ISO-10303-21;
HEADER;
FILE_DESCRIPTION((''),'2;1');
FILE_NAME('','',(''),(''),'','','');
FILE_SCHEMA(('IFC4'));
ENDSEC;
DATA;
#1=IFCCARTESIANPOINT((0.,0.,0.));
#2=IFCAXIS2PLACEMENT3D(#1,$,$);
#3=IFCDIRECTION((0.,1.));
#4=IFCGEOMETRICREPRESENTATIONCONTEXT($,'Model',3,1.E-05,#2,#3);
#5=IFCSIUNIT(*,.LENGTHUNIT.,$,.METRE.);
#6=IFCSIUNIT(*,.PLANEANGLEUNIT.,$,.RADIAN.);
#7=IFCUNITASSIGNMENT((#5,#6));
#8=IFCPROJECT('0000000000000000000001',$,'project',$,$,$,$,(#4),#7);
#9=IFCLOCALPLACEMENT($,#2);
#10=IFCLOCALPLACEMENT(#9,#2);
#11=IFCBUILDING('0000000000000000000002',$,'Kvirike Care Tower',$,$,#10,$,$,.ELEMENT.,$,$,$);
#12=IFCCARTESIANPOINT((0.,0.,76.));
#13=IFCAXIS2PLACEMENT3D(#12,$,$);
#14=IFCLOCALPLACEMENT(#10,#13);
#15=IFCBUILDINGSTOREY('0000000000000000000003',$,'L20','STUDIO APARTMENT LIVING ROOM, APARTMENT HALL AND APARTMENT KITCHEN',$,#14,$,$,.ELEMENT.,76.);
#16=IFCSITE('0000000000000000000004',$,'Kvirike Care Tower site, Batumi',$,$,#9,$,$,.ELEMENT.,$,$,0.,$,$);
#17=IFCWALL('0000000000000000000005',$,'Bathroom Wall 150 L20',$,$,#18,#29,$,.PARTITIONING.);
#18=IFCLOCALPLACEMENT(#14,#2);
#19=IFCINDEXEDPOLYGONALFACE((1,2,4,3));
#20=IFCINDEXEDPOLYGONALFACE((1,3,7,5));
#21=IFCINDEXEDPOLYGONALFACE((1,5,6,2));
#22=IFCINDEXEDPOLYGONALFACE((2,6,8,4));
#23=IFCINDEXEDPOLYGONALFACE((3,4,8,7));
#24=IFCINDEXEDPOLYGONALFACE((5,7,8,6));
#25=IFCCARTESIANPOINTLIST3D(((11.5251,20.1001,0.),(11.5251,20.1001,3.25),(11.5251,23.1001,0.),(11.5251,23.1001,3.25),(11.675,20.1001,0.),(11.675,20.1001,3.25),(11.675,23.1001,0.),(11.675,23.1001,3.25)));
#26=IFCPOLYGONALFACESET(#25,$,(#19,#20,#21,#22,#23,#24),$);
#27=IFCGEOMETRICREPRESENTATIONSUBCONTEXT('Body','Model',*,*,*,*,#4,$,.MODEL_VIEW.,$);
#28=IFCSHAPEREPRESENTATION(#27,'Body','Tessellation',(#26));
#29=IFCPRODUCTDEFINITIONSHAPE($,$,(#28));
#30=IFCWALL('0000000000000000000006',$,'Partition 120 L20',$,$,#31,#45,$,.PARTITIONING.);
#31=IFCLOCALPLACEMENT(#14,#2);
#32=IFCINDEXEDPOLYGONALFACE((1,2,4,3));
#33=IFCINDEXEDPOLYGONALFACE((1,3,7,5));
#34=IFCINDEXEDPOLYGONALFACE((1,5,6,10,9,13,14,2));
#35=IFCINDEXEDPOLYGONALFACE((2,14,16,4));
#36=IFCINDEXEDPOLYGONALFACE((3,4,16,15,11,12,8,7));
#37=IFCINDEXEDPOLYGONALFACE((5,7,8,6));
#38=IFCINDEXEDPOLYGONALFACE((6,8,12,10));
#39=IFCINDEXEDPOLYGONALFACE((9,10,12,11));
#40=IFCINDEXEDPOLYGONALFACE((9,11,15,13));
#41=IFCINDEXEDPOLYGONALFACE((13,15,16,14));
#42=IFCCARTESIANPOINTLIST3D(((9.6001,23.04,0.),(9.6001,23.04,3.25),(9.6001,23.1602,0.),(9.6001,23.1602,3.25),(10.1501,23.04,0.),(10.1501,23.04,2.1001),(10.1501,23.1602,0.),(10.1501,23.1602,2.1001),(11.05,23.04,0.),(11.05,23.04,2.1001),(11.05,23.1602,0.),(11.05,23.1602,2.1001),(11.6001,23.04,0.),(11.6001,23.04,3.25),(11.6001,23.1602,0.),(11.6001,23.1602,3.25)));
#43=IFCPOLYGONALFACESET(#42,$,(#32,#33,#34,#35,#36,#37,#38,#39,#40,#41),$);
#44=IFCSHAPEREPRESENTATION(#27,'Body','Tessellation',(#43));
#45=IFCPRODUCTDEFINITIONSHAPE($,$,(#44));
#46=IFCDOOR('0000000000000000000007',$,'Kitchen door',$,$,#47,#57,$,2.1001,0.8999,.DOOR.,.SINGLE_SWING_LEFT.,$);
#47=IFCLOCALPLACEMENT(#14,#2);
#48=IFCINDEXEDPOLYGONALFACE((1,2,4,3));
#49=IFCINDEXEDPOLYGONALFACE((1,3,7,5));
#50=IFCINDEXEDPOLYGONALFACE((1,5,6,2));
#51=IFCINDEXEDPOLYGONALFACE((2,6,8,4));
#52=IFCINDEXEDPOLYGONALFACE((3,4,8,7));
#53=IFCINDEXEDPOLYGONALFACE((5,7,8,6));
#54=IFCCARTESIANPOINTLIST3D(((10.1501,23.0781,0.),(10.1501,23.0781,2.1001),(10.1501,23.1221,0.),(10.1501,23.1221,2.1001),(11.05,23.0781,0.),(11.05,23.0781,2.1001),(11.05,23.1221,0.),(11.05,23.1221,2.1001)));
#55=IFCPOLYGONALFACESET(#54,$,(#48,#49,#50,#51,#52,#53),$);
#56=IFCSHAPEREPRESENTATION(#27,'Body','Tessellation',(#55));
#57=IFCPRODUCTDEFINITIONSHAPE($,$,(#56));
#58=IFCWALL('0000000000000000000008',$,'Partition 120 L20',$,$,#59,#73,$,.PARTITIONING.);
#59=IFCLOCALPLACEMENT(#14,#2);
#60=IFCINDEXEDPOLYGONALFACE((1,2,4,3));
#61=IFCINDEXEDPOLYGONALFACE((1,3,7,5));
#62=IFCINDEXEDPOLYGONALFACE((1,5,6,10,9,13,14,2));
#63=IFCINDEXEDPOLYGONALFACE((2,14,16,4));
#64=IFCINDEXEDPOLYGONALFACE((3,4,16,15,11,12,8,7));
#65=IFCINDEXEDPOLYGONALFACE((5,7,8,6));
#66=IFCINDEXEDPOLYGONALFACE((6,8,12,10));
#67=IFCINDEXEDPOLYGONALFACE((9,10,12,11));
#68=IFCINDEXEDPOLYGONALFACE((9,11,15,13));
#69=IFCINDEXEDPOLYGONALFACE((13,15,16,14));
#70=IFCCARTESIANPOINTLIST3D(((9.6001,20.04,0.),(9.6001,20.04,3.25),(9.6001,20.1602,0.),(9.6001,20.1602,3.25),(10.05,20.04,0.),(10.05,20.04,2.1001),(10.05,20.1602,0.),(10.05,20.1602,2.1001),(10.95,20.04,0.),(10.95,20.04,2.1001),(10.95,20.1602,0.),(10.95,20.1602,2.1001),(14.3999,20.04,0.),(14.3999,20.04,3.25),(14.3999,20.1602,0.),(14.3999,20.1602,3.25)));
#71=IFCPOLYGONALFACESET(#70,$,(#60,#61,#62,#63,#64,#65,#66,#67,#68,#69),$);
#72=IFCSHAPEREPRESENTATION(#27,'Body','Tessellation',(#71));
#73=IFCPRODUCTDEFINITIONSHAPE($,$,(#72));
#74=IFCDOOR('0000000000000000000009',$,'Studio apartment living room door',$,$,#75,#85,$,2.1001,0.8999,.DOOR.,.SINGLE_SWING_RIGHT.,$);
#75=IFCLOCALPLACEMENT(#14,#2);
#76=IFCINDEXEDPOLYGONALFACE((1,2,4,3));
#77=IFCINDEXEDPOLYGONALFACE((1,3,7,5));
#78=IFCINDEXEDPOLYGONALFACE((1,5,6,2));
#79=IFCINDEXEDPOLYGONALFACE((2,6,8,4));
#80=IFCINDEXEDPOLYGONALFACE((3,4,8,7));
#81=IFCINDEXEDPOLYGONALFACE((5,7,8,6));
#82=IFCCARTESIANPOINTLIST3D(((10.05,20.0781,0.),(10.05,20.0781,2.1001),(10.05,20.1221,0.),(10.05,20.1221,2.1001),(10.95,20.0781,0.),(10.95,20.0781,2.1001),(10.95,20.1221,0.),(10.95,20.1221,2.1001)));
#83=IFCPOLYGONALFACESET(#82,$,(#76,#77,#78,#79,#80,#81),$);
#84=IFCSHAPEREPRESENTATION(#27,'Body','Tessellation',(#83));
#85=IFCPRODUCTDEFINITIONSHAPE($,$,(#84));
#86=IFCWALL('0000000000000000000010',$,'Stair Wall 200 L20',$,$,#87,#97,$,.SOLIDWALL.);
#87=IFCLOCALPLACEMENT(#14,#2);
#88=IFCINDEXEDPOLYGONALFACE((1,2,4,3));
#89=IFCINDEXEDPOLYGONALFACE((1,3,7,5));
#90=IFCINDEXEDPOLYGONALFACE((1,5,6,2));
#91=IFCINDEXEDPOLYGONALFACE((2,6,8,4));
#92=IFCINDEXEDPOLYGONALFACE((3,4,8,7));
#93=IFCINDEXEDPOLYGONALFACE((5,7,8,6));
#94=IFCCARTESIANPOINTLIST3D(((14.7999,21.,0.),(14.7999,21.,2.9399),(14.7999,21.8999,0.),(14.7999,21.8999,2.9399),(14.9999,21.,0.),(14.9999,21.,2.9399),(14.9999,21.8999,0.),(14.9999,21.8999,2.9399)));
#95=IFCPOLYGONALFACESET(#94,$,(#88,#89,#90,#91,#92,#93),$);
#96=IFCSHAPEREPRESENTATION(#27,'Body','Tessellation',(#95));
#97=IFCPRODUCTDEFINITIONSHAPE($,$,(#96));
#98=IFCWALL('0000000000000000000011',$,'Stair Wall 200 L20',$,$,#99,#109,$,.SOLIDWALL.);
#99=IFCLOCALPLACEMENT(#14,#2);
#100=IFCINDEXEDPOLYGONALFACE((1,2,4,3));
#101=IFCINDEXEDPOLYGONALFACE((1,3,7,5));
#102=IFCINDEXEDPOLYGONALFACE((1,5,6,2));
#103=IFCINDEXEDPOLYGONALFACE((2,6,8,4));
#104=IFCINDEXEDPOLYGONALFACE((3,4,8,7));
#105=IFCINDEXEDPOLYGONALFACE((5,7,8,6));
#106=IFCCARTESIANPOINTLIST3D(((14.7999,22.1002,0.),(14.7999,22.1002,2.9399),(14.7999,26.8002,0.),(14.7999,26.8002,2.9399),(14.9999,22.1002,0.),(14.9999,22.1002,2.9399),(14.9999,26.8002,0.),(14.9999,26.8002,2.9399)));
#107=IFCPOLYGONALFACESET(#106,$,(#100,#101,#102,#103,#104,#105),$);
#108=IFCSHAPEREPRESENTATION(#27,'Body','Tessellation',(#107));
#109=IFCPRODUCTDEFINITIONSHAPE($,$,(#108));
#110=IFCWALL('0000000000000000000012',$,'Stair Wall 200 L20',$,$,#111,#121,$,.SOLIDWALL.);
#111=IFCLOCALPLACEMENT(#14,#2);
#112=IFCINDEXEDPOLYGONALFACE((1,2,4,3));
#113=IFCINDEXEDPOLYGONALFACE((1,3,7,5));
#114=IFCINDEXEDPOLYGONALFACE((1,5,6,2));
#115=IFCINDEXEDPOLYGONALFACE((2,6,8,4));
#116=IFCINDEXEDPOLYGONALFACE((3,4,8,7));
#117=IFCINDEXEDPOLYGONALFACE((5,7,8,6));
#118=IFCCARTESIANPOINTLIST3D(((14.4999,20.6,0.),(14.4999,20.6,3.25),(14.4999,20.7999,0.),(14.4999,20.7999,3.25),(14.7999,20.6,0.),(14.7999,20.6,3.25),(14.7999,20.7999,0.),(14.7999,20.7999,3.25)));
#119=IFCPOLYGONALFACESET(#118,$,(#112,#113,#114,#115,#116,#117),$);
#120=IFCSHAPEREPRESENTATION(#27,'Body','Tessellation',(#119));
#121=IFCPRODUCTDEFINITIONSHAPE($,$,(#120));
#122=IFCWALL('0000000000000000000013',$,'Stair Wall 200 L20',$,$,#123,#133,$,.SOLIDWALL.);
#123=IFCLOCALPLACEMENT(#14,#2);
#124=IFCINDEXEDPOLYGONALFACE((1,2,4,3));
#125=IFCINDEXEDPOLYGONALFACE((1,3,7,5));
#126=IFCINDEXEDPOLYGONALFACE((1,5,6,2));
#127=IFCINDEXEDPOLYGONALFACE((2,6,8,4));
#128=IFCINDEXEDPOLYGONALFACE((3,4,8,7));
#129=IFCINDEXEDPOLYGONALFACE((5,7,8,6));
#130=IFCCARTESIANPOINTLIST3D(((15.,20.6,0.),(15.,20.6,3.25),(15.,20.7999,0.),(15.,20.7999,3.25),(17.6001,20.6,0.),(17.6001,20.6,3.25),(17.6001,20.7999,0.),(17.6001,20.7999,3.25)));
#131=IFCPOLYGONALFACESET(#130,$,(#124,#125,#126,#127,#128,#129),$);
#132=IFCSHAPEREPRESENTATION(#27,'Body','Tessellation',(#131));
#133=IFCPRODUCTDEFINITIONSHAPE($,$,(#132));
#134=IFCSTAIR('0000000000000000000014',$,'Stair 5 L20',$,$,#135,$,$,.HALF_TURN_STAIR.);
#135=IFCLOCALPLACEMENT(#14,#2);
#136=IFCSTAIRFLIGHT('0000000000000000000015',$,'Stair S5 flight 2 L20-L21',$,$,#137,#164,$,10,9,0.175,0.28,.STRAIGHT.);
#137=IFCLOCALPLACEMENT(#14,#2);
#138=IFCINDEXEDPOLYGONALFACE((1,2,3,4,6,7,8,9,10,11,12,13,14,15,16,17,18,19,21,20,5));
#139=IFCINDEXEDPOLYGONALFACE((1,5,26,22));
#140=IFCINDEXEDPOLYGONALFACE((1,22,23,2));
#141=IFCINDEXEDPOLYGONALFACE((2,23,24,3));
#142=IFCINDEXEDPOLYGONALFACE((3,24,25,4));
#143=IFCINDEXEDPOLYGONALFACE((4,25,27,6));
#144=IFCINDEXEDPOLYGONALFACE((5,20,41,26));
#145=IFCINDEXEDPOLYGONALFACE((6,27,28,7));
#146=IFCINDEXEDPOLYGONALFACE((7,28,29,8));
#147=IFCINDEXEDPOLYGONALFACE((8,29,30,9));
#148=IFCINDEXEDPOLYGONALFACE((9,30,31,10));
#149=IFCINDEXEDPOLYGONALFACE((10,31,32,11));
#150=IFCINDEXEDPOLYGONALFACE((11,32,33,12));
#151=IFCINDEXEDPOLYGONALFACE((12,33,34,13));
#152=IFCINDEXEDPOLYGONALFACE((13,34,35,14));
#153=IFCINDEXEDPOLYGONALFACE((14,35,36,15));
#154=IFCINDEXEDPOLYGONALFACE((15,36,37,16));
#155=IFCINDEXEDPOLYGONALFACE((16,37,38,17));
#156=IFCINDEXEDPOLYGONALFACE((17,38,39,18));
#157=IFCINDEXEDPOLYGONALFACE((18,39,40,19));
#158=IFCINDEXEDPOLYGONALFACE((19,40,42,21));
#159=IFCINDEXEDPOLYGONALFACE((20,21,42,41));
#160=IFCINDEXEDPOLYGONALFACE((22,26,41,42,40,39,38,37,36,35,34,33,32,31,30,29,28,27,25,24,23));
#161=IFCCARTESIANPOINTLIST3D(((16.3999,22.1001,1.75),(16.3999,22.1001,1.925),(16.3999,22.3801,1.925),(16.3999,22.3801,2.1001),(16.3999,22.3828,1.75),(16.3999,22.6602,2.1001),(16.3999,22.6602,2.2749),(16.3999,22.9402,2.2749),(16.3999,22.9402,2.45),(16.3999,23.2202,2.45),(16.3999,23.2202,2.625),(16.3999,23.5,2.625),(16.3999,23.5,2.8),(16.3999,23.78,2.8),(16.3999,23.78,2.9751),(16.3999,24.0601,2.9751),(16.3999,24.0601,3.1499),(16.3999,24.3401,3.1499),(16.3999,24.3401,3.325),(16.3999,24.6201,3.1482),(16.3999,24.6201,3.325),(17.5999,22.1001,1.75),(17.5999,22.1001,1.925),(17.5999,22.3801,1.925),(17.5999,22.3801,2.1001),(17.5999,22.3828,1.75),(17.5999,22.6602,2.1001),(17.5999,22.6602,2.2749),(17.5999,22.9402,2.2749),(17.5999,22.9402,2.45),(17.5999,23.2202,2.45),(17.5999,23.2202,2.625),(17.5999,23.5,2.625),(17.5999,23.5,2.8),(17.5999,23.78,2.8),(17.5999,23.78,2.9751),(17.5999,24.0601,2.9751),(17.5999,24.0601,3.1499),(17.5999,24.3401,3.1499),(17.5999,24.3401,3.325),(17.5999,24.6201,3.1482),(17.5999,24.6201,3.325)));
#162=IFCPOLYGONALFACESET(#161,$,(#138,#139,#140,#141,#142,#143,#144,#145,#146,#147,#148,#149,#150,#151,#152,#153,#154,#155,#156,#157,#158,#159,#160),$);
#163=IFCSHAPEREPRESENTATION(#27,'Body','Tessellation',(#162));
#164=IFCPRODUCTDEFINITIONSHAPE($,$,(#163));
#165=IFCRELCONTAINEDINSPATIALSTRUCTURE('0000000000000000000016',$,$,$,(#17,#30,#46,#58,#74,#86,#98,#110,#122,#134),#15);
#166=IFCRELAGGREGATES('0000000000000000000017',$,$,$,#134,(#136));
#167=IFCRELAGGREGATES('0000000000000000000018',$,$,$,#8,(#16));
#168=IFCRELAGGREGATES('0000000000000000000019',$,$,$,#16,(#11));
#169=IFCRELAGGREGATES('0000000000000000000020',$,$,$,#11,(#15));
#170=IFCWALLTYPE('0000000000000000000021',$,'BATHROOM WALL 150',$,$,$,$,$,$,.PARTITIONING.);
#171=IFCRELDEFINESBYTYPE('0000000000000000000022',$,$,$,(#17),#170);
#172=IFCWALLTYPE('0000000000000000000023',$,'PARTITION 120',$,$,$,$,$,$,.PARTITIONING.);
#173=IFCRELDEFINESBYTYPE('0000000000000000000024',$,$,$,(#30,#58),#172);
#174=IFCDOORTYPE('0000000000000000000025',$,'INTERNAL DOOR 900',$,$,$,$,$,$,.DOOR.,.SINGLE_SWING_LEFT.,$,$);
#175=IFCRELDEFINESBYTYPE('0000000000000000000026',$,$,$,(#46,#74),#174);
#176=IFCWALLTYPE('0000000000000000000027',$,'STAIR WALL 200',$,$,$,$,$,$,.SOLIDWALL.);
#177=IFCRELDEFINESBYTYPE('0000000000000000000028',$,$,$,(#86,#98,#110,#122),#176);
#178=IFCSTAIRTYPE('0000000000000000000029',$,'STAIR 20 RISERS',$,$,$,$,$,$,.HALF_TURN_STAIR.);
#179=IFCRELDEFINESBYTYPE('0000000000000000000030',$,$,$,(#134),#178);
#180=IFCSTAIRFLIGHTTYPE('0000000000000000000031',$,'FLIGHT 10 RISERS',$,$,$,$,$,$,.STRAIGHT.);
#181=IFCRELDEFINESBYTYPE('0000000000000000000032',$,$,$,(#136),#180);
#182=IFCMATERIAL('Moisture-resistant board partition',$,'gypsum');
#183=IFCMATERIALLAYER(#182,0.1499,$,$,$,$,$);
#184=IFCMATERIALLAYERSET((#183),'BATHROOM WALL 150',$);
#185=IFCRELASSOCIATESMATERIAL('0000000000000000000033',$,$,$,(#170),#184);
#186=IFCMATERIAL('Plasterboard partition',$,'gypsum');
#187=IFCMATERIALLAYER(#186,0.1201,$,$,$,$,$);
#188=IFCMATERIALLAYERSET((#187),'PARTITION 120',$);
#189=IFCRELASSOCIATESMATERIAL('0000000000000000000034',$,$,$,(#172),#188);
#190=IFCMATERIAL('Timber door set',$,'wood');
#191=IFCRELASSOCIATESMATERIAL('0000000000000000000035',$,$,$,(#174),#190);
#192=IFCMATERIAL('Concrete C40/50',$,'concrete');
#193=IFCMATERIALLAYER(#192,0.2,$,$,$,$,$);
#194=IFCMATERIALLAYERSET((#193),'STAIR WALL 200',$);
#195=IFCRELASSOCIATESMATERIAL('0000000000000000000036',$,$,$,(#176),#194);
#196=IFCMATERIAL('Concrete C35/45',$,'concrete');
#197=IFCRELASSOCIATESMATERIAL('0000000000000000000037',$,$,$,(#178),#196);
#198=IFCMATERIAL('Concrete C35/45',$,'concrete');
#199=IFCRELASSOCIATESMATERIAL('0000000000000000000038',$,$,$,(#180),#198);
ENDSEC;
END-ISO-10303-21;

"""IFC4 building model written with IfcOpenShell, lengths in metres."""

from ifc_helpers import new_model, si_unit, direction, frame, frame_2d, origin, place, context, subcontext, project, spatial, polyline, rectangle, outline, extrude, material, layer, layer_set, type_object, element, fill, aggregate, save


model = new_model("IFC4")

# Units and contexts
model_context = context("Model", 3, precision=1e-05, world=origin(), true_north=direction((0.0, 1.0)))
body_context = subcontext(model_context, "Body", "Model", "MODEL_VIEW")
ifc_project = project(units=[si_unit("LENGTHUNIT", "METRE"), si_unit("PLANEANGLEUNIT", "RADIAN")], contexts=[model_context])

# Site, building, storey
site_placement = place(None, origin())
site = spatial("IfcSite", under=ifc_project, at=site_placement, Name="Kvirike Care Tower site, Batumi", CompositionType="ELEMENT", RefElevation=0.0)
building_placement = place(site_placement, origin())
building = spatial("IfcBuilding", under=site, at=building_placement, Name="Kvirike Care Tower", CompositionType="ELEMENT")
storey_placement = place(building_placement, frame((0.0, 0.0, 76.0)))
storey = spatial("IfcBuildingStorey", under=building, at=storey_placement, Name="L20", Description="STUDIO APARTMENT LIVING ROOM, APARTMENT HALL AND APARTMENT KITCHEN", CompositionType="ELEMENT", Elevation=76.0)

# Shared definitions
ifc_material_1 = material(Name="Moisture-resistant board partition", Category="gypsum")
ifc_layer_1 = layer(ifc_material_1, 0.1499)
ifc_layer_set_1 = layer_set([ifc_layer_1], Name="BATHROOM WALL 150")
wall_type_1 = type_object("IfcWallType", Name="BATHROOM WALL 150", PredefinedType="PARTITIONING", material=ifc_layer_set_1)

# Wall
wall_1_placement = place(storey_placement, frame((11.6001, 20.1001, 0.0), z_axis=(0.0, 0.0, 1.0), x_axis=(0.0, 1.0, 0.0)))
element("IfcWall", 1, at=wall_1_placement, inside=storey, type_object=wall_type_1, Name="Bathroom Wall 150 L20", PredefinedType="PARTITIONING", context=body_context, shape_type="SweptSolid", body=[
    extrude(rectangle(XDim=3.0, YDim=0.1499, at=frame_2d((1.5, 0.0))), origin(), (0.0, 0.0, 1.0), 3.25),
])

# Walls, openings, doors
ifc_material_2 = material(Name="Plasterboard partition", Category="gypsum")
ifc_layer_2 = layer(ifc_material_2, 0.1201)
ifc_layer_set_2 = layer_set([ifc_layer_2], Name="PARTITION 120")
wall_type_2 = type_object("IfcWallType", Name="PARTITION 120", PredefinedType="PARTITIONING", material=ifc_layer_set_2)
wall_2_placement = place(storey_placement, frame((9.6001, 23.1001, 0.0), z_axis=(0.0, 0.0, 1.0), x_axis=(1.0, 0.0, 0.0)))
wall_2 = element("IfcWall", 2, at=wall_2_placement, inside=storey, type_object=wall_type_2, Name="Partition 120 L20", PredefinedType="PARTITIONING", context=body_context, shape_type="SweptSolid", body=[
    extrude(rectangle(XDim=2.0, YDim=0.1201, at=frame_2d((1.0, 0.0))), origin(), (0.0, 0.0, 1.0), 3.25),
])
opening_1_placement = place(wall_2_placement, frame((0.55, 0.0, 0.0)))
opening_1 = element("IfcOpeningElement", 3, at=opening_1_placement, cuts=wall_2, PredefinedType="OPENING", context=body_context, shape_type="SweptSolid", body=[
    extrude(rectangle(XDim=0.8999, YDim=2.1001, at=frame_2d((0.45, 1.05))), frame((0.0, 0.0706, 0.0), z_axis=(0.0, -1.0, 0.0), x_axis=(1.0, 0.0, 0.0)), (0.0, 0.0, 1.0), 0.1411),
])
ifc_material_3 = material(Name="Timber door set", Category="wood")
door_type_1 = type_object("IfcDoorType", Name="INTERNAL DOOR 900", OperationType="SINGLE_SWING_LEFT", PredefinedType="DOOR", material=ifc_material_3)
door_1_placement = place(opening_1_placement, frame((0.8999, 0.0, 0.0), z_axis=(0.0, 0.0, 1.0), x_axis=(-1.0, 0.0, 0.0)))
door_1 = element("IfcDoor", 4, at=door_1_placement, inside=storey, type_object=door_type_1, Name="Kitchen door", OperationType="SINGLE_SWING_LEFT", OverallHeight=2.1001, OverallWidth=0.8999, PredefinedType="DOOR", context=body_context, shape_type="SweptSolid", body=[
    extrude(rectangle(XDim=0.8999, YDim=2.1001, at=frame_2d((0.45, 1.05))), frame((0.0, 0.022, 0.0), z_axis=(0.0, -1.0, 0.0), x_axis=(1.0, 0.0, 0.0)), (0.0, 0.0, 1.0), 0.0439),
])
fill(opening_1, door_1)
wall_3_placement = place(storey_placement, frame((9.6001, 20.1001, 0.0), z_axis=(0.0, 0.0, 1.0), x_axis=(1.0, 0.0, 0.0)))
wall_3 = element("IfcWall", 5, at=wall_3_placement, inside=storey, type_object=wall_type_2, Name="Partition 120 L20", PredefinedType="PARTITIONING", context=body_context, shape_type="SweptSolid", body=[
    extrude(rectangle(XDim=4.7998, YDim=0.1201, at=frame_2d((2.3999, 0.0))), origin(), (0.0, 0.0, 1.0), 3.25),
])
opening_2_placement = place(wall_3_placement, frame((0.45, 0.0, 0.0)))
opening_2 = element("IfcOpeningElement", 6, at=opening_2_placement, cuts=wall_3, PredefinedType="OPENING", context=body_context, shape_type="SweptSolid", body=[
    extrude(rectangle(XDim=0.8999, YDim=2.1001, at=frame_2d((0.45, 1.05))), frame((0.0, 0.0706, 0.0), z_axis=(0.0, -1.0, 0.0), x_axis=(1.0, 0.0, 0.0)), (0.0, 0.0, 1.0), 0.1411),
])
door_2_placement = place(opening_2_placement, origin())
door_2 = element("IfcDoor", 7, at=door_2_placement, inside=storey, type_object=door_type_1, Name="Studio apartment living room door", OperationType="SINGLE_SWING_RIGHT", OverallHeight=2.1001, OverallWidth=0.8999, PredefinedType="DOOR", context=body_context, shape_type="SweptSolid", body=[
    extrude(rectangle(XDim=0.8999, YDim=2.1001, at=frame_2d((0.45, 1.05))), frame((0.0, 0.022, 0.0), z_axis=(0.0, -1.0, 0.0), x_axis=(1.0, 0.0, 0.0)), (0.0, 0.0, 1.0), 0.0439),
])
fill(opening_2, door_2)

# Walls
ifc_material_4 = material(Name="Concrete C40/50", Category="concrete")
ifc_layer_3 = layer(ifc_material_4, 0.2)
ifc_layer_set_3 = layer_set([ifc_layer_3], Name="STAIR WALL 200")
wall_type_3 = type_object("IfcWallType", Name="STAIR WALL 200", PredefinedType="SOLIDWALL", material=ifc_layer_set_3)
wall_4_placement = place(storey_placement, frame((14.8999, 21.0, 0.0), z_axis=(0.0, 0.0, 1.0), x_axis=(0.0, 1.0, 0.0)))
element("IfcWall", 8, at=wall_4_placement, inside=storey, type_object=wall_type_3, Name="Stair Wall 200 L20", PredefinedType="SOLIDWALL", context=body_context, shape_type="SweptSolid", body=[
    extrude(rectangle(XDim=0.8999, YDim=0.2, at=frame_2d((0.45, 0.0))), origin(), (0.0, 0.0, 1.0), 2.9399),
])
wall_5_placement = place(storey_placement, frame((14.8999, 22.1001, 0.0), z_axis=(0.0, 0.0, 1.0), x_axis=(0.0, 1.0, 0.0)))
element("IfcWall", 9, at=wall_5_placement, inside=storey, type_object=wall_type_3, Name="Stair Wall 200 L20", PredefinedType="SOLIDWALL", context=body_context, shape_type="SweptSolid", body=[
    extrude(rectangle(XDim=4.7, YDim=0.2, at=frame_2d((2.3501, 0.0))), origin(), (0.0, 0.0, 1.0), 2.9399),
])
wall_6_placement = place(storey_placement, frame((14.5, 20.7, 0.0), z_axis=(0.0, 0.0, 1.0), x_axis=(1.0, 0.0, 0.0)))
element("IfcWall", 10, at=wall_6_placement, inside=storey, type_object=wall_type_3, Name="Stair Wall 200 L20", PredefinedType="SOLIDWALL", context=body_context, shape_type="SweptSolid", body=[
    extrude(rectangle(XDim=0.3, YDim=0.2, at=frame_2d((0.1499, 0.0))), origin(), (0.0, 0.0, 1.0), 3.25),
])
wall_7_placement = place(storey_placement, frame((15.0, 20.7, 0.0), z_axis=(0.0, 0.0, 1.0), x_axis=(1.0, 0.0, 0.0)))
element("IfcWall", 11, at=wall_7_placement, inside=storey, type_object=wall_type_3, Name="Stair Wall 200 L20", PredefinedType="SOLIDWALL", context=body_context, shape_type="SweptSolid", body=[
    extrude(rectangle(XDim=2.6001, YDim=0.2, at=frame_2d((1.3, 0.0))), origin(), (0.0, 0.0, 1.0), 3.25),
])

# Stair, stair flight
ifc_material_5 = material(Name="Concrete C35/45", Category="concrete")
stair_type = type_object("IfcStairType", Name="STAIR 20 RISERS", PredefinedType="HALF_TURN_STAIR", material=ifc_material_5)
stair_placement = place(storey_placement, origin())
stair = element("IfcStair", 12, at=stair_placement, inside=storey, type_object=stair_type, Name="Stair 5 L20", PredefinedType="HALF_TURN_STAIR")
ifc_material_6 = material(Name="Concrete C35/45", Category="concrete")
stair_flight_type = type_object("IfcStairFlightType", Name="FLIGHT 10 RISERS", PredefinedType="STRAIGHT", material=ifc_material_6)
stair_flight_placement = place(storey_placement, frame((17.0, 22.1001, 1.75), z_axis=(0.0, 0.0, 1.0), x_axis=(0.0, 1.0, 0.0)))
stair_flight = element("IfcStairFlight", 13, at=stair_flight_placement, type_object=stair_flight_type, Name="Stair S5 flight 2 L20-L21", NumberOfRisers=10, NumberOfTreads=9, PredefinedType="STRAIGHT", RiserHeight=0.175, TreadLength=0.28, context=body_context, shape_type="SweptSolid", body=[
    extrude(outline(polyline([(0.0, 0.0), (0.0, 0.175), (0.28, 0.175), (0.28, 0.3501), (0.5601, 0.3501), (0.5601, 0.5249), (0.8401, 0.5249), (0.8401, 0.7), (1.1201, 0.7), (1.1201, 0.875), (1.3999, 0.875), (1.3999, 1.05), (1.6799, 1.05), (1.6799, 1.2251), (1.96, 1.2251), (1.96, 1.3999), (2.24, 1.3999), (2.24, 1.575), (2.52, 1.575), (2.52, 1.75), (2.52, 1.3982), (0.2827, 0.0), (0.0, 0.0)])), frame((0.0, 0.6001, 0.0), z_axis=(0.0, -1.0, 0.0), x_axis=(1.0, 0.0, 0.0)), (0.0, 0.0, 1.0), 1.2),
])
aggregate(stair, [stair_flight])

save(model, "model.ifc")
